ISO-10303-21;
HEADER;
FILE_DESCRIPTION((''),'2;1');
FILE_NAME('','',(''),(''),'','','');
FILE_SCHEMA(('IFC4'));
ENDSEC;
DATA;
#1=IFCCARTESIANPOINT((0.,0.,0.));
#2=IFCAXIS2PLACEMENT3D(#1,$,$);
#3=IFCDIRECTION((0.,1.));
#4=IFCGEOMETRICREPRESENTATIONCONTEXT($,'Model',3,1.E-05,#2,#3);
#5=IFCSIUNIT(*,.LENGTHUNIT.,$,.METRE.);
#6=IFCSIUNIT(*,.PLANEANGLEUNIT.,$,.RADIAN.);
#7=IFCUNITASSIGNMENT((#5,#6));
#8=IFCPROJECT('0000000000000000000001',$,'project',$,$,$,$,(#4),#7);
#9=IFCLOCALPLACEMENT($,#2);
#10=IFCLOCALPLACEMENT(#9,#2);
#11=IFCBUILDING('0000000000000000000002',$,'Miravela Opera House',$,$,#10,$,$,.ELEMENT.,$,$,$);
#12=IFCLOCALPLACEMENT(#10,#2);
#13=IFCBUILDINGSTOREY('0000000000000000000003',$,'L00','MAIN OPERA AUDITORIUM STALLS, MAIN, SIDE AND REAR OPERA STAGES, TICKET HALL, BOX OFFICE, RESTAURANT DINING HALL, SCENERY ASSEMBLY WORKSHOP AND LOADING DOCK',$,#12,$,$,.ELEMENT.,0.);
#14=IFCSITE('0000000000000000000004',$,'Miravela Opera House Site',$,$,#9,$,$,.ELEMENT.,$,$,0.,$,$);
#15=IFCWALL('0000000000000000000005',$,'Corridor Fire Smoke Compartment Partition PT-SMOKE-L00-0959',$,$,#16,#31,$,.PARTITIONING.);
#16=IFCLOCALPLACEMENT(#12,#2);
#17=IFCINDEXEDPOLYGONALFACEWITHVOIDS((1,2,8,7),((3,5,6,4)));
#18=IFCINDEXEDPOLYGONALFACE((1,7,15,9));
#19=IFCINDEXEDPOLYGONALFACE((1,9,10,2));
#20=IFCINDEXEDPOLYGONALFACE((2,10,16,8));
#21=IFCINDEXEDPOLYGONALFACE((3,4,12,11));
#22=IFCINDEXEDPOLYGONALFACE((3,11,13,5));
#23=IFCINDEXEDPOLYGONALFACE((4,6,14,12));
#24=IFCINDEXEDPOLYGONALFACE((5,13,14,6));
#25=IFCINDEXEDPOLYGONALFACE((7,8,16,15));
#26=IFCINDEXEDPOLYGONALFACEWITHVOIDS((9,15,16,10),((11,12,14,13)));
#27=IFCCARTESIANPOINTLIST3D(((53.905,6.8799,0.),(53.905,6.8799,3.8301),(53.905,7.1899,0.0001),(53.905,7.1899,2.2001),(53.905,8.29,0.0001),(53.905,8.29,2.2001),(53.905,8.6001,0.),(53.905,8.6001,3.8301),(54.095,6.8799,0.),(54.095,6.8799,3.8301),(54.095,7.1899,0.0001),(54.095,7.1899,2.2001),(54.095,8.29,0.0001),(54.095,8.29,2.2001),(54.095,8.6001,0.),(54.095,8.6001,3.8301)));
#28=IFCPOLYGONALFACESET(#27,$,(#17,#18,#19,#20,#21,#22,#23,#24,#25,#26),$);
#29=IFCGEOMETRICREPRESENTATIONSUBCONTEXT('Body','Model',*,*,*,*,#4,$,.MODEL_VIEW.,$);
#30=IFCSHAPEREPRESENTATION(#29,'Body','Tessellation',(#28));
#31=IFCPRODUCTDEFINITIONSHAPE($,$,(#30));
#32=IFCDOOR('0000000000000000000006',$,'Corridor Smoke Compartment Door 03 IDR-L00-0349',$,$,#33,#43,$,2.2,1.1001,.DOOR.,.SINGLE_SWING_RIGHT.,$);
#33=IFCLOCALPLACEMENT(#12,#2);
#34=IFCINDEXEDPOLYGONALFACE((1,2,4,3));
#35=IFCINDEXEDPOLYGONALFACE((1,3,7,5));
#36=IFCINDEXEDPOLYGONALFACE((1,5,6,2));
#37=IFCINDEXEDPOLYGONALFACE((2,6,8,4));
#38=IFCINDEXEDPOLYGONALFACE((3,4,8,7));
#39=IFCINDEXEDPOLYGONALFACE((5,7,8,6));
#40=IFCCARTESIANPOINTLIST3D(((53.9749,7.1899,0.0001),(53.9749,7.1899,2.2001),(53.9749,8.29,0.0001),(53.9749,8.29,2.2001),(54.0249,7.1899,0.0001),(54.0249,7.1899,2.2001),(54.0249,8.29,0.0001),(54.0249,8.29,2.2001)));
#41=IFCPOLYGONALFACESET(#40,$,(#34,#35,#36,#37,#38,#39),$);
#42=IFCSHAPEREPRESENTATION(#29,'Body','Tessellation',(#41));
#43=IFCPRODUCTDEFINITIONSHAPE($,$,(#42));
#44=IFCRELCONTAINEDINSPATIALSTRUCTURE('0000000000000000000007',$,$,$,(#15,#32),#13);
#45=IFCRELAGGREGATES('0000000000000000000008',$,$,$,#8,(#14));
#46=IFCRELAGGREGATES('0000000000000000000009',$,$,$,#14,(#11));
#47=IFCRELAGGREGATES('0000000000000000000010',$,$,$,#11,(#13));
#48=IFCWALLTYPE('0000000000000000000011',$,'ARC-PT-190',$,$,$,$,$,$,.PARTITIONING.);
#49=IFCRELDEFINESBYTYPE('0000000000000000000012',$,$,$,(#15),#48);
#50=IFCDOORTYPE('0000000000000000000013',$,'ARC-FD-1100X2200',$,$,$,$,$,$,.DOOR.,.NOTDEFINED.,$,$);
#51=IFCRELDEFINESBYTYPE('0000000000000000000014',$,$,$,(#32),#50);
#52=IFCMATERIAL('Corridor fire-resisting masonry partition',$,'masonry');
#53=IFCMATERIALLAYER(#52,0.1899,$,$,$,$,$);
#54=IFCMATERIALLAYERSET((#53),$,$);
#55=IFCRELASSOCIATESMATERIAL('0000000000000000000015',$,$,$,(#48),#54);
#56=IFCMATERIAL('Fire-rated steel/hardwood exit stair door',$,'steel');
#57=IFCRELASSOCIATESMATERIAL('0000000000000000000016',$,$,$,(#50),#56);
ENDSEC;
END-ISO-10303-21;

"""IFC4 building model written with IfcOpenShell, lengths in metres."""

from ifc_helpers import new_model, si_unit, direction, frame, frame_2d, origin, place, context, subcontext, project, spatial, rectangle, extrude, material, layer, layer_set, type_object, element, fill, save


model = new_model("IFC4")

# Units and contexts
model_context = context("Model", 3, precision=1e-05, world=origin(), true_north=direction((0.0, 1.0)))
body_context = subcontext(model_context, "Body", "Model", "MODEL_VIEW")
ifc_project = project(units=[si_unit("LENGTHUNIT", "METRE"), si_unit("PLANEANGLEUNIT", "RADIAN")], contexts=[model_context])

# Site, building, storey
site_placement = place(None, origin())
site = spatial("IfcSite", under=ifc_project, at=site_placement, Name="Miravela Opera House Site", CompositionType="ELEMENT", RefElevation=0.0)
building_placement = place(site_placement, origin())
building = spatial("IfcBuilding", under=site, at=building_placement, Name="Miravela Opera House", CompositionType="ELEMENT")
storey_placement = place(building_placement, origin())
storey = spatial("IfcBuildingStorey", under=building, at=storey_placement, Name="L00", Description="MAIN OPERA AUDITORIUM STALLS, MAIN, SIDE AND REAR OPERA STAGES, TICKET HALL, BOX OFFICE, RESTAURANT DINING HALL, SCENERY ASSEMBLY WORKSHOP AND LOADING DOCK", CompositionType="ELEMENT", Elevation=0.0)

# Wall, opening, door
ifc_material_1 = material(Name="Corridor fire-resisting masonry partition", Category="masonry")
ifc_layer_1 = layer(ifc_material_1, 0.1899)
ifc_layer_set_1 = layer_set([ifc_layer_1])
wall_type = type_object("IfcWallType", Name="ARC-PT-190", PredefinedType="PARTITIONING", material=ifc_layer_set_1)
wall_placement = place(storey_placement, frame((54.0, 6.8799, 0.0), z_axis=(0.0, 0.0, 1.0), x_axis=(0.0, 1.0, 0.0)))
wall = element("IfcWall", 1, at=wall_placement, inside=storey, type_object=wall_type, Name="Corridor Fire Smoke Compartment Partition PT-SMOKE-L00-0959", PredefinedType="PARTITIONING", context=body_context, shape_type="SweptSolid", body=[
    extrude(rectangle(XDim=1.7202, YDim=0.1899, at=frame_2d((0.8601, 0.0))), origin(), (0.0, 0.0, 1.0), 3.8301),
])
opening_placement = place(wall_placement, frame((0.3101, 0.0, 0.0)))
opening = element("IfcOpeningElement", 2, at=opening_placement, cuts=wall, PredefinedType="OPENING", context=body_context, shape_type="SweptSolid", body=[
    extrude(rectangle(XDim=1.1001, YDim=2.2, at=frame_2d((0.55, 1.1001))), frame((0.0, 0.105, 0.0), z_axis=(0.0, -1.0, 0.0), x_axis=(1.0, 0.0, 0.0)), (0.0, 0.0, 1.0), 0.21),
])
ifc_material_2 = material(Name="Fire-rated steel/hardwood exit stair door", Category="steel")
door_type = type_object("IfcDoorType", Name="ARC-FD-1100X2200", OperationType="NOTDEFINED", PredefinedType="DOOR", material=ifc_material_2)
door_placement = place(opening_placement, frame((1.1001, 0.0, 0.0), z_axis=(0.0, 0.0, 1.0), x_axis=(-1.0, 0.0, 0.0)))
door = element("IfcDoor", 3, at=door_placement, inside=storey, type_object=door_type, Name="Corridor Smoke Compartment Door 03 IDR-L00-0349", OperationType="SINGLE_SWING_RIGHT", OverallHeight=2.2, OverallWidth=1.1001, PredefinedType="DOOR", context=body_context, shape_type="SweptSolid", body=[
    extrude(rectangle(XDim=1.1001, YDim=2.2, at=frame_2d((0.55, 1.1001))), frame((0.0, 0.0249, 0.0), z_axis=(0.0, -1.0, 0.0), x_axis=(1.0, 0.0, 0.0)), (0.0, 0.0, 1.0), 0.05),
])
fill(opening, door)

save(model, "model.ifc")
